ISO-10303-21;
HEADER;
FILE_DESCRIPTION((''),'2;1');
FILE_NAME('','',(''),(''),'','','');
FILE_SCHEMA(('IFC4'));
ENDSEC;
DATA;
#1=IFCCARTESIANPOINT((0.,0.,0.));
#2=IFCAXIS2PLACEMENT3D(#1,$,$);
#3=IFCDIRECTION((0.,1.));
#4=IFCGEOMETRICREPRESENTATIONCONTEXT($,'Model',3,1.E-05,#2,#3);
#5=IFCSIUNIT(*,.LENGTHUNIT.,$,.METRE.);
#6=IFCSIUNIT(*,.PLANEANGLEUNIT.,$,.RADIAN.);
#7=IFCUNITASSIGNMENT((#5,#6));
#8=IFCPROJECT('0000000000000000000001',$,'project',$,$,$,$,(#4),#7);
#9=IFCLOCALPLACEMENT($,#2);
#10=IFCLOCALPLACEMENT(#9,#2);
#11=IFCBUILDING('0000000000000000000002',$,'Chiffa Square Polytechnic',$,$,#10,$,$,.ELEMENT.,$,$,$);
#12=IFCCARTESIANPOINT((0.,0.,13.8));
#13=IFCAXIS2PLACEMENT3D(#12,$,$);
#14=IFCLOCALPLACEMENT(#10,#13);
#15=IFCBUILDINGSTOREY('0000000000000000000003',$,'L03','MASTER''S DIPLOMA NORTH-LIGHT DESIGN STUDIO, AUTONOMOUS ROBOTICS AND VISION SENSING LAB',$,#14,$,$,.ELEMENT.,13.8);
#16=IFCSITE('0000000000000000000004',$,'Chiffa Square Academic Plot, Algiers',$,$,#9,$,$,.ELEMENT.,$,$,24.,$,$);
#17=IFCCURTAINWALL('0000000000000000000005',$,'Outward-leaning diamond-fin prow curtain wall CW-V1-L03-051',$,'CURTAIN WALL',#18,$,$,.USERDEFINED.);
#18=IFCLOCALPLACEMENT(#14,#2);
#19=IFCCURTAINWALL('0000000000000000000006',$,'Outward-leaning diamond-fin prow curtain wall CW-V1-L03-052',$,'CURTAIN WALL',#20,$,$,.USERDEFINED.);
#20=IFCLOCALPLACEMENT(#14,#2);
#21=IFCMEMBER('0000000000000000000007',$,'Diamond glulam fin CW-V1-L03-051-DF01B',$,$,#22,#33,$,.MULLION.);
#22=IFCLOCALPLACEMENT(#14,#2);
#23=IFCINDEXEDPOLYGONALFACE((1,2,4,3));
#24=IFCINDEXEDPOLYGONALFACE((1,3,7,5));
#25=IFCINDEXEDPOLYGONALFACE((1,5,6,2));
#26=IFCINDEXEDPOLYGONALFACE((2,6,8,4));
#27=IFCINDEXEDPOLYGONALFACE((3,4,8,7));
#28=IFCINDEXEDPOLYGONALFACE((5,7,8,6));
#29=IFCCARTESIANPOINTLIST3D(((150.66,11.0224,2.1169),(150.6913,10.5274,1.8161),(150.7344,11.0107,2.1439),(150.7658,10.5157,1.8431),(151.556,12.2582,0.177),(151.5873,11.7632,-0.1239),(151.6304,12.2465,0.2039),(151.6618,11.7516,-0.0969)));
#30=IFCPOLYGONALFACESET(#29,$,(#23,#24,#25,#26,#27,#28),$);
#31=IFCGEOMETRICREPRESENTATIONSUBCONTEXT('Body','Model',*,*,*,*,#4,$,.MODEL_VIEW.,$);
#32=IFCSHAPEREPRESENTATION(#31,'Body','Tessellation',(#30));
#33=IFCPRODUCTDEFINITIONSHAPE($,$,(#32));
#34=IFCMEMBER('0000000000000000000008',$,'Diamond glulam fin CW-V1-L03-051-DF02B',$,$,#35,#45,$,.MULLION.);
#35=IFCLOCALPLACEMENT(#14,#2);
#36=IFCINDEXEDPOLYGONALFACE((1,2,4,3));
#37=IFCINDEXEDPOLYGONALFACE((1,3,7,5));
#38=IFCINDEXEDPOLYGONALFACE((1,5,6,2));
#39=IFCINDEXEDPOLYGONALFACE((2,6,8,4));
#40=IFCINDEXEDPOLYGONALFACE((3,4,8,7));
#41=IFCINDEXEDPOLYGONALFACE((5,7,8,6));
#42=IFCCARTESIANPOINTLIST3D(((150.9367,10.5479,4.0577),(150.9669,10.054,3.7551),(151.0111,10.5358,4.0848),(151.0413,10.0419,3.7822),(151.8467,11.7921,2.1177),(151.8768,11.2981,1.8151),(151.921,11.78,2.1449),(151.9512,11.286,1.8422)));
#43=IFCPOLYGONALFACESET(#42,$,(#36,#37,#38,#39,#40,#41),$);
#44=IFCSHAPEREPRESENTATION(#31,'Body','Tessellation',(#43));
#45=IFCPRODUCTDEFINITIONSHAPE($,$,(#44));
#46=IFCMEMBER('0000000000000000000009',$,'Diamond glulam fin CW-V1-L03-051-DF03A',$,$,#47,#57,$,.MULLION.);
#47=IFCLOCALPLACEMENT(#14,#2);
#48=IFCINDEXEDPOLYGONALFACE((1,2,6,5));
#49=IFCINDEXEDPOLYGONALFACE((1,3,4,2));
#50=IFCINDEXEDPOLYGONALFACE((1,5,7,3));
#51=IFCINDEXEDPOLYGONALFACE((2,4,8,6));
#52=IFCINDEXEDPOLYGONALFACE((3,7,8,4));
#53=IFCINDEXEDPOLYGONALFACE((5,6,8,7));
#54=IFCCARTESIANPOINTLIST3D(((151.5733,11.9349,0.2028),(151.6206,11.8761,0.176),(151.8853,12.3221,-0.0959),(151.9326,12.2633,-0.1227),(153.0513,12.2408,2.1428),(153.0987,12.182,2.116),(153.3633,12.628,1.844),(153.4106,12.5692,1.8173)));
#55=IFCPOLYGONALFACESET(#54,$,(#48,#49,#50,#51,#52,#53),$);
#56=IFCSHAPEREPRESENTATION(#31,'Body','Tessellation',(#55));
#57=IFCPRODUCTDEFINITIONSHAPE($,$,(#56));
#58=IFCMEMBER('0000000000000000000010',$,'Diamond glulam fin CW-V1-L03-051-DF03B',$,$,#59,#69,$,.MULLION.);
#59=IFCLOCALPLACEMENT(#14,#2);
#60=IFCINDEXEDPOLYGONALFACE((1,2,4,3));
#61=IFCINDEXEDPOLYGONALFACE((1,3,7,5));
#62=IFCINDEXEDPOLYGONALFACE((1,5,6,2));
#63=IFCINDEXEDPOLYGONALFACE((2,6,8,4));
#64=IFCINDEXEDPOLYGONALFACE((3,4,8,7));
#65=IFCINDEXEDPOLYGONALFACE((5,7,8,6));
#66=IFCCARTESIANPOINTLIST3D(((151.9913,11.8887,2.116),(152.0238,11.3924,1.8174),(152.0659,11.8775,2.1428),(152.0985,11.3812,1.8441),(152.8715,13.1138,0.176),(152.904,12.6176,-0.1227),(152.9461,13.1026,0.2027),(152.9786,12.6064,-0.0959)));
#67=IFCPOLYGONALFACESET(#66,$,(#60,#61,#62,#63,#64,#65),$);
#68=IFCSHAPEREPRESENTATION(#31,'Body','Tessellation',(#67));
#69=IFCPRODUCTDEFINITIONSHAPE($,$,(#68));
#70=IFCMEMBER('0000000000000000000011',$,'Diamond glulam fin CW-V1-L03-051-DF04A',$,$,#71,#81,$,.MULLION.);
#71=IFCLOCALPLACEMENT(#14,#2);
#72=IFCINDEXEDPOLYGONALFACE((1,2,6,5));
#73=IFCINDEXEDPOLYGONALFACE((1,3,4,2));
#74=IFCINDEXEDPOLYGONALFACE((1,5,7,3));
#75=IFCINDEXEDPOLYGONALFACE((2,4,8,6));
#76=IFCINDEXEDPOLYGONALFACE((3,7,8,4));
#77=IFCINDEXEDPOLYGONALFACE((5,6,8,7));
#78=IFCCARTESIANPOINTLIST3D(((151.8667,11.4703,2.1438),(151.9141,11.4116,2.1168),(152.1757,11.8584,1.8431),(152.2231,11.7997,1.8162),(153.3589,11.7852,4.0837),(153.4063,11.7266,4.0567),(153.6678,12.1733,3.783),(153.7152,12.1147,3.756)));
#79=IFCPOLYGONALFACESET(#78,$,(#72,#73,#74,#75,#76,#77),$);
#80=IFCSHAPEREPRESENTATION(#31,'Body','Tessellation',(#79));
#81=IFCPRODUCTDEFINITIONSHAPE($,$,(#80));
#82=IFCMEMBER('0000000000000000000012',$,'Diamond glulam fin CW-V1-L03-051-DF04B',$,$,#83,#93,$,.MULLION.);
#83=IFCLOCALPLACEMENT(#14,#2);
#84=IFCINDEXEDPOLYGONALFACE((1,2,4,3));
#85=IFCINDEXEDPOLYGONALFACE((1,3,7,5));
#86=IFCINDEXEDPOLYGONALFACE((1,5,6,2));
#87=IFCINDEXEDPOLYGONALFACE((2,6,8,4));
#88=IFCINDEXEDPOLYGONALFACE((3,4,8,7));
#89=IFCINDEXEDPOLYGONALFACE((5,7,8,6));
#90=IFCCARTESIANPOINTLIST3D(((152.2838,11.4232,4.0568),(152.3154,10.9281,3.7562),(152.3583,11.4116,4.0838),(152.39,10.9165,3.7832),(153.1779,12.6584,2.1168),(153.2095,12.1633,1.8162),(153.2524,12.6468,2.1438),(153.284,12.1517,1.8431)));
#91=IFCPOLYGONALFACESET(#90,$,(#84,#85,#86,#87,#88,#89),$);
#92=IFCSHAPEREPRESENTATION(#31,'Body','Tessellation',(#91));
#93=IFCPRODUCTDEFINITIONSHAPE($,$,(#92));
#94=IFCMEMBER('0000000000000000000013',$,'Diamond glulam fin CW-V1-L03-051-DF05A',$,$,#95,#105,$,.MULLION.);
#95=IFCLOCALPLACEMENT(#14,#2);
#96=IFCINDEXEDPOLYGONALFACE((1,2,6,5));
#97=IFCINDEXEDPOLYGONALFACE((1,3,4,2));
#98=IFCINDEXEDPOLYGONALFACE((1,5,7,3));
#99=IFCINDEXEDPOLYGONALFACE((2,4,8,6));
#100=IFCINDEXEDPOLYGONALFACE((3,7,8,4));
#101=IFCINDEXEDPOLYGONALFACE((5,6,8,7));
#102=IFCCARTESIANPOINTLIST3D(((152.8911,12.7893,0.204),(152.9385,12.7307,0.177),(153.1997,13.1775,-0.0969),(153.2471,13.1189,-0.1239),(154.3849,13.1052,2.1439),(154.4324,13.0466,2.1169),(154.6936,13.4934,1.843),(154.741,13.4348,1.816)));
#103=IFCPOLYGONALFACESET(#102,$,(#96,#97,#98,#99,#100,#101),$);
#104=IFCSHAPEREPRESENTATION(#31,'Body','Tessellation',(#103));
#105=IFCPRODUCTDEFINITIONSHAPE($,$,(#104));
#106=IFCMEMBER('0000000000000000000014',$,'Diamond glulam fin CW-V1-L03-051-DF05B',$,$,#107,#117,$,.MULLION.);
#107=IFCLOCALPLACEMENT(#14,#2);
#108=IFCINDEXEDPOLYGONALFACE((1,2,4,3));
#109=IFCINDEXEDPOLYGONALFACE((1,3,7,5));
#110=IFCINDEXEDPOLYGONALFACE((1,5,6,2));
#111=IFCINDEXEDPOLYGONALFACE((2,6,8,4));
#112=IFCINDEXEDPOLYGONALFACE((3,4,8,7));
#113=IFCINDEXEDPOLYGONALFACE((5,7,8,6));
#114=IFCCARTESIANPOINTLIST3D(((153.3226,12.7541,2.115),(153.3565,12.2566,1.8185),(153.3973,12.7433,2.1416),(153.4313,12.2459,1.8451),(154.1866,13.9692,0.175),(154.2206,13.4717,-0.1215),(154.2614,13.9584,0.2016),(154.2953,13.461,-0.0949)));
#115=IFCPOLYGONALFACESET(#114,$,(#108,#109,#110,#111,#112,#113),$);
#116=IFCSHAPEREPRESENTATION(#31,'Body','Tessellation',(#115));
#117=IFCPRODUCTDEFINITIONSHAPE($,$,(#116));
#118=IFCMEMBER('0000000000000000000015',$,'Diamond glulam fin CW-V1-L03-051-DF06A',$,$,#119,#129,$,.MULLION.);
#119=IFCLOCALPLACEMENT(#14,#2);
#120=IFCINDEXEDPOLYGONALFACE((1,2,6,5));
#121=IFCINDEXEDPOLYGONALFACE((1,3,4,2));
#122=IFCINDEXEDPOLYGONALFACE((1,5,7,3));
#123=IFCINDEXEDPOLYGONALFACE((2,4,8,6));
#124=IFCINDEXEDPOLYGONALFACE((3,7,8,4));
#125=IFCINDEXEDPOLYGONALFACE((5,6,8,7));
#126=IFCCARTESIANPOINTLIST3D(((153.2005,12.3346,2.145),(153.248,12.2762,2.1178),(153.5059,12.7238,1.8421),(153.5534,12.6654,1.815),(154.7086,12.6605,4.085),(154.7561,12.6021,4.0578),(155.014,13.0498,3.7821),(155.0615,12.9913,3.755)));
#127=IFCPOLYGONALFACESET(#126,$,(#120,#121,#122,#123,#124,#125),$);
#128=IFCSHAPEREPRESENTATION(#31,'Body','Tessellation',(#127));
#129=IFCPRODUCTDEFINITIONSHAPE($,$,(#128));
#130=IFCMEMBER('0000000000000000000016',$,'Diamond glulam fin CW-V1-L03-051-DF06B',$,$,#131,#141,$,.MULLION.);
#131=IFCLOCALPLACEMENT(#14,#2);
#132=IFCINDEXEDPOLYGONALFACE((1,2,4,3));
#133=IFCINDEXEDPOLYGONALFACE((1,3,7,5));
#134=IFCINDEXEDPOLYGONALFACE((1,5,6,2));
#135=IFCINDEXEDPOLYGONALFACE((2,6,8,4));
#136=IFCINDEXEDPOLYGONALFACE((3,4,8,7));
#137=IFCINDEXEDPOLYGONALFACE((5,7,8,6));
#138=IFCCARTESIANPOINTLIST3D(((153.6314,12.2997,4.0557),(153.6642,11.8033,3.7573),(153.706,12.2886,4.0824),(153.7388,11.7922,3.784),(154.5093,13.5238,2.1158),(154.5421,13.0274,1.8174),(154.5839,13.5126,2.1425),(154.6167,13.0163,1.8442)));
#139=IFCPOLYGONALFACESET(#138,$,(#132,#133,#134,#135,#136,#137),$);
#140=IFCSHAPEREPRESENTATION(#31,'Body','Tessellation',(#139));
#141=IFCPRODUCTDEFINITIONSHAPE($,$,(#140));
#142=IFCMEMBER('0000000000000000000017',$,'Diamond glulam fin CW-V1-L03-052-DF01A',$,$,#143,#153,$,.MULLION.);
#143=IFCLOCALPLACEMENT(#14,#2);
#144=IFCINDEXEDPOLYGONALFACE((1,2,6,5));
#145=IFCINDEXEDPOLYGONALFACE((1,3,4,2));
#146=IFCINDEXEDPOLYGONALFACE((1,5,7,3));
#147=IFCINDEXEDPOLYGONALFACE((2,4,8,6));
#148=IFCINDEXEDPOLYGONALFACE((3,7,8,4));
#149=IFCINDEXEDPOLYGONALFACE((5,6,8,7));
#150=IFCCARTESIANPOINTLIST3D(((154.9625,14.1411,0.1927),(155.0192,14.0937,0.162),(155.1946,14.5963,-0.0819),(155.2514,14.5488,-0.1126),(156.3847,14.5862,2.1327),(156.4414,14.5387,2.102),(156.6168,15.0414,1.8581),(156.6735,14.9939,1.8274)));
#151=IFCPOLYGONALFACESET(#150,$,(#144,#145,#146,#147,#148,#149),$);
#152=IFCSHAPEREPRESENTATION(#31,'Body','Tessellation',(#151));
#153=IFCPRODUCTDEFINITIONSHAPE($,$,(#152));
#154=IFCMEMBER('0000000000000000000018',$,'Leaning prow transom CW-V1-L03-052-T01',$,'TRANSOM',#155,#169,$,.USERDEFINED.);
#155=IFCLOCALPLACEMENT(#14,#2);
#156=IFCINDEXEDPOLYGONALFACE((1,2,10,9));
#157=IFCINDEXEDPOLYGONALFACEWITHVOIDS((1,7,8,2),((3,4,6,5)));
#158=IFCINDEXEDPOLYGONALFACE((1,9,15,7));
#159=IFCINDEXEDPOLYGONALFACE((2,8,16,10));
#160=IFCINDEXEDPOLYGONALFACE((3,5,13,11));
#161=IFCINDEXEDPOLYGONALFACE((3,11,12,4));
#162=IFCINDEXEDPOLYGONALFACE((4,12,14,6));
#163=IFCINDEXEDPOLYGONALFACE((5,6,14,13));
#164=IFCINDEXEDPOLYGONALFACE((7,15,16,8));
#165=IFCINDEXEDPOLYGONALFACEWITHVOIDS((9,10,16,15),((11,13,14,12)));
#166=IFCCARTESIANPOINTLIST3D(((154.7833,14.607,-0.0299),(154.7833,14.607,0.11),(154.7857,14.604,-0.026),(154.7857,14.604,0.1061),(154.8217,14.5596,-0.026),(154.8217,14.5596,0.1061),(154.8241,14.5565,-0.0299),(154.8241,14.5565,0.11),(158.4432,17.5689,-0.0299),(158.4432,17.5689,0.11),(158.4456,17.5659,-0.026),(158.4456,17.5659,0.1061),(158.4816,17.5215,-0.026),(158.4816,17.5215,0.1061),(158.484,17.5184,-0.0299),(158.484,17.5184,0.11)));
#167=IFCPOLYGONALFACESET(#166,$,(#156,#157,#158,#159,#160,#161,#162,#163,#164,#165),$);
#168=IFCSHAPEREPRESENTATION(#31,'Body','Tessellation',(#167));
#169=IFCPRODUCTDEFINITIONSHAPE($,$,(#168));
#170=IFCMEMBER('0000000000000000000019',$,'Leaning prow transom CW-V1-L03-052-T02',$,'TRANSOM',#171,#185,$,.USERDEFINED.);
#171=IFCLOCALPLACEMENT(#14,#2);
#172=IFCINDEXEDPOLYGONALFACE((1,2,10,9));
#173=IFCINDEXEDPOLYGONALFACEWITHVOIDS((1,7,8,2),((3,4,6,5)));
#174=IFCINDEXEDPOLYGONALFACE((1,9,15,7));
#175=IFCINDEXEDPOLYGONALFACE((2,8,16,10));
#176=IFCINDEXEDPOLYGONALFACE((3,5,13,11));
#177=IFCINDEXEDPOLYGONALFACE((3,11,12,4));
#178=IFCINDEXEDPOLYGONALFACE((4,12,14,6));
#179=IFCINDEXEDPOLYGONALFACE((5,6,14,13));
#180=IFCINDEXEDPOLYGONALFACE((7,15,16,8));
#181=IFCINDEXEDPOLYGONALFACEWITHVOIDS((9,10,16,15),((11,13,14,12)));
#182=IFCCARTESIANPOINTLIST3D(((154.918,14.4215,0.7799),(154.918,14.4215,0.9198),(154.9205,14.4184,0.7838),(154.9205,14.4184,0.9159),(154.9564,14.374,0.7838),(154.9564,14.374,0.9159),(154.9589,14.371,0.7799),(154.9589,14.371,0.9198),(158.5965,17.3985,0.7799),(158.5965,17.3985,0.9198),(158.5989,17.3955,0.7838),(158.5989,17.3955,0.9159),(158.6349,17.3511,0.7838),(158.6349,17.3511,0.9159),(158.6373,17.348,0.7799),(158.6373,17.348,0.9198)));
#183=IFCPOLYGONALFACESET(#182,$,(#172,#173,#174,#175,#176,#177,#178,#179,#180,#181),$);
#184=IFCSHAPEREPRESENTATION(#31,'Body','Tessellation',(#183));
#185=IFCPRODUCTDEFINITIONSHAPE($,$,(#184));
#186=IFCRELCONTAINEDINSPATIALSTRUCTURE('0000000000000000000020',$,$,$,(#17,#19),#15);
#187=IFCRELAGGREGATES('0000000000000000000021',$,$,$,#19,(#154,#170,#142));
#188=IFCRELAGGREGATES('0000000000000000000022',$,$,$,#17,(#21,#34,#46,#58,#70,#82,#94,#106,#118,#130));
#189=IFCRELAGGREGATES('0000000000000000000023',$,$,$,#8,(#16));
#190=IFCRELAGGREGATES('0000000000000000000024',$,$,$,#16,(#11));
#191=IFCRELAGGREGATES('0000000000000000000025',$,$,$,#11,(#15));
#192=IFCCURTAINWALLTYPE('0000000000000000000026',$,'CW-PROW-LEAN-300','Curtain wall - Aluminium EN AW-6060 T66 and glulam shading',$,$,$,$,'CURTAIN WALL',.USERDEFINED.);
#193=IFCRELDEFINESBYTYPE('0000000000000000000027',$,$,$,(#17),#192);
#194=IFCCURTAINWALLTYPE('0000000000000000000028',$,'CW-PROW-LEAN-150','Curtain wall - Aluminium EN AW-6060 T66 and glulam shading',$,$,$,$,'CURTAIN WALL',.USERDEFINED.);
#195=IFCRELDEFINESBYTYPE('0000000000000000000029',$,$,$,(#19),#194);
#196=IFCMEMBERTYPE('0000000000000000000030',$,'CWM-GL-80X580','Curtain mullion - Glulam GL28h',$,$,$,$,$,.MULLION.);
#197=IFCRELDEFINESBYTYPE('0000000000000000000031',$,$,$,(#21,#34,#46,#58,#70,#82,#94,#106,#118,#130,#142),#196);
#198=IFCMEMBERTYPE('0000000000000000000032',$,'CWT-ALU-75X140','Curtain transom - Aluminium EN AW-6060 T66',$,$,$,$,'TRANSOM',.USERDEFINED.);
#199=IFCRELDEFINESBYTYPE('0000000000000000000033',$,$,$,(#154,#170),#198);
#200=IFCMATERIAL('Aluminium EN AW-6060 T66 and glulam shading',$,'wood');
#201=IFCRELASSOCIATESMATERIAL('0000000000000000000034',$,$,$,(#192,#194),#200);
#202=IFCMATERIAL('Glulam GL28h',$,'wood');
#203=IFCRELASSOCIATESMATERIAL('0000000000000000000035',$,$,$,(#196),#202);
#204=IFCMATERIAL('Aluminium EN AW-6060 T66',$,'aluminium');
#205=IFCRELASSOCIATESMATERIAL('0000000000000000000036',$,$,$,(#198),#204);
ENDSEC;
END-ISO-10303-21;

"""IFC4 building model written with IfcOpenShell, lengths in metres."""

from ifc_helpers import new_model, si_unit, direction, frame, origin, origin_2d, place, context, subcontext, project, spatial, rectangle, hollow_rectangle, extrude, material, material_profile, profile_set, type_object, element, aggregate, save


model = new_model("IFC4")

# Units and contexts
model_context = context("Model", 3, precision=1e-05, world=origin(), true_north=direction((0.0, 1.0)))
body_context = subcontext(model_context, "Body", "Model", "MODEL_VIEW")
ifc_project = project(units=[si_unit("LENGTHUNIT", "METRE"), si_unit("PLANEANGLEUNIT", "RADIAN")], contexts=[model_context])

# Site, building, storey
site_placement = place(None, origin())
site = spatial("IfcSite", under=ifc_project, at=site_placement, Name="Chiffa Square Academic Plot, Algiers", CompositionType="ELEMENT", RefElevation=24.0)
building_placement = place(site_placement, origin())
building = spatial("IfcBuilding", under=site, at=building_placement, Name="Chiffa Square Polytechnic", CompositionType="ELEMENT")
storey_placement = place(building_placement, frame((0.0, 0.0, 13.8)))
storey = spatial("IfcBuildingStorey", under=building, at=storey_placement, Name="L03", Description="MASTER'S DIPLOMA NORTH-LIGHT DESIGN STUDIO, AUTONOMOUS ROBOTICS AND VISION SENSING LAB", CompositionType="ELEMENT", Elevation=13.8)

# Curtain wall
ifc_material_1 = material(Name="Aluminium EN AW-6060 T66 and glulam shading", Category="wood")
curtain_wall_type_1 = type_object("IfcCurtainWallType", Name="CW-PROW-LEAN-300", Description="Curtain wall - Aluminium EN AW-6060 T66 and glulam shading", ElementType="CURTAIN WALL", PredefinedType="USERDEFINED", material=ifc_material_1)
curtain_wall_1_placement = place(storey_placement, origin())
curtain_wall_1 = element("IfcCurtainWall", 1, at=curtain_wall_1_placement, inside=storey, type_object=curtain_wall_type_1, Name="Outward-leaning diamond-fin prow curtain wall CW-V1-L03-051", ObjectType="CURTAIN WALL", PredefinedType="USERDEFINED")
ifc_material_2 = material(Name="Aluminium EN AW-6060 T66", Category="aluminium")

# Curtain wall
curtain_wall_type_2 = type_object("IfcCurtainWallType", Name="CW-PROW-LEAN-150", Description="Curtain wall - Aluminium EN AW-6060 T66 and glulam shading", ElementType="CURTAIN WALL", PredefinedType="USERDEFINED", material=ifc_material_1)
curtain_wall_2_placement = place(storey_placement, origin())
curtain_wall_2 = element("IfcCurtainWall", 2, at=curtain_wall_2_placement, inside=storey, type_object=curtain_wall_type_2, Name="Outward-leaning diamond-fin prow curtain wall CW-V1-L03-052", ObjectType="CURTAIN WALL", PredefinedType="USERDEFINED")

# Members
ifc_material_3 = material(Name="Glulam GL28h", Category="wood")
ifc_material_profile_1 = material_profile(ifc_material_3, rectangle(XDim=0.0801, YDim=0.5801, at=origin_2d()), Name="GL28h 80x580")
ifc_profile_set_1 = profile_set([ifc_material_profile_1], Name="Glulam GL28h")
member_type_1 = type_object("IfcMemberType", Name="CWM-GL-80X580", Description="Curtain mullion - Glulam GL28h", PredefinedType="MULLION", material=ifc_profile_set_1)
member_1_placement = place(storey_placement, frame((151.6089, 12.0049, 0.04), z_axis=(-0.362972, -0.500644, 0.785879), x_axis=(0.93023, -0.145749, 0.336794)))
member_1 = element("IfcMember", 3, at=member_1_placement, type_object=member_type_1, Name="Diamond glulam fin CW-V1-L03-051-DF01B", PredefinedType="MULLION", context=body_context, shape_type="SweptSolid", body=[
    extrude(rectangle(XDim=0.0801, YDim=0.5801, at=origin_2d()), origin(), (0.0, 0.0, 1.0), 2.4685),
])
member_2_placement = place(storey_placement, frame((151.8989, 11.5391, 1.98), z_axis=(-0.367235, -0.502127, 0.782948), x_axis=(0.928675, -0.150895, 0.338813)))
member_2 = element("IfcMember", 4, at=member_2_placement, type_object=member_type_1, Name="Diamond glulam fin CW-V1-L03-051-DF02B", PredefinedType="MULLION", context=body_context, shape_type="SweptSolid", body=[
    extrude(rectangle(XDim=0.0801, YDim=0.5801, at=origin_2d()), origin(), (0.0, 0.0, 1.0), 2.4778),
])
member_3_placement = place(storey_placement, frame((151.7529, 12.0991, 0.04), z_axis=(0.601325, 0.124457, 0.789252), x_axis=(-0.590914, 0.734143, 0.334446)))
member_3 = element("IfcMember", 5, at=member_3_placement, type_object=member_type_1, Name="Diamond glulam fin CW-V1-L03-051-DF03A", PredefinedType="MULLION", context=body_context, shape_type="SweptSolid", body=[
    extrude(rectangle(XDim=0.0801, YDim=0.5801, at=origin_2d()), origin(), (0.0, 0.0, 1.0), 2.458),
])
member_4_placement = place(storey_placement, frame((152.925, 12.8601, 0.04), z_axis=(-0.358152, -0.498532, 0.789425), x_axis=(0.93198, -0.140144, 0.334325)))
member_4 = element("IfcMember", 6, at=member_4_placement, type_object=member_type_1, Name="Diamond glulam fin CW-V1-L03-051-DF03B", PredefinedType="MULLION", context=body_context, shape_type="SweptSolid", body=[
    extrude(rectangle(XDim=0.0801, YDim=0.5801, at=origin_2d()), origin(), (0.0, 0.0, 1.0), 2.4575),
])
member_5_placement = place(storey_placement, frame((152.0449, 11.635, 1.98), z_axis=(0.604705, 0.127629, 0.786157), x_axis=(-0.592136, 0.73217, 0.336602)))
member_5 = element("IfcMember", 7, at=member_5_placement, type_object=member_type_1, Name="Diamond glulam fin CW-V1-L03-051-DF04A", PredefinedType="MULLION", context=body_context, shape_type="SweptSolid", body=[
    extrude(rectangle(XDim=0.0801, YDim=0.5801, at=origin_2d()), origin(), (0.0, 0.0, 1.0), 2.4675),
])
member_6_placement = place(storey_placement, frame((153.231, 12.405, 1.98), z_axis=(-0.362339, -0.500566, 0.786222), x_axis=(0.930449, -0.144895, 0.336557)))
member_6 = element("IfcMember", 8, at=member_6_placement, type_object=member_type_1, Name="Diamond glulam fin CW-V1-L03-051-DF04B", PredefinedType="MULLION", context=body_context, shape_type="SweptSolid", body=[
    extrude(rectangle(XDim=0.0801, YDim=0.5801, at=origin_2d()), origin(), (0.0, 0.0, 1.0), 2.4675),
])
member_7_placement = place(storey_placement, frame((153.0691, 12.9541, 0.04), z_axis=(0.605114, 0.127965, 0.785788), x_axis=(-0.592229, 0.731978, 0.336857)))
member_7 = element("IfcMember", 9, at=member_7_placement, type_object=member_type_1, Name="Diamond glulam fin CW-V1-L03-051-DF05A", PredefinedType="MULLION", context=body_context, shape_type="SweptSolid", body=[
    extrude(rectangle(XDim=0.0801, YDim=0.5801, at=origin_2d()), origin(), (0.0, 0.0, 1.0), 2.4688),
])
member_8_placement = place(storey_placement, frame((154.241, 13.7151, 0.04), z_axis=(-0.353135, -0.496624, 0.792881), x_axis=(0.933741, -0.134079, 0.33189)))
member_8 = element("IfcMember", 10, at=member_8_placement, type_object=member_type_1, Name="Diamond glulam fin CW-V1-L03-051-DF05B", PredefinedType="MULLION", context=body_context, shape_type="SweptSolid", body=[
    extrude(rectangle(XDim=0.0801, YDim=0.5801, at=origin_2d()), origin(), (0.0, 0.0, 1.0), 2.4468),
])
member_9_placement = place(storey_placement, frame((153.377, 12.5, 1.98), z_axis=(0.608412, 0.131493, 0.782652), x_axis=(-0.59381, 0.729697, 0.339016)))
member_9 = element("IfcMember", 11, at=member_9_placement, type_object=member_type_1, Name="Diamond glulam fin CW-V1-L03-051-DF06A", PredefinedType="MULLION", context=body_context, shape_type="SweptSolid", body=[
    extrude(rectangle(XDim=0.0801, YDim=0.5801, at=origin_2d()), origin(), (0.0, 0.0, 1.0), 2.4788),
])
member_10_placement = place(storey_placement, frame((154.563, 13.27, 1.98), z_axis=(-0.357443, -0.498393, 0.789835), x_axis=(0.932223, -0.139211, 0.334038)))
member_10 = element("IfcMember", 12, at=member_10_placement, type_object=member_type_1, Name="Diamond glulam fin CW-V1-L03-051-DF06B", PredefinedType="MULLION", context=body_context, shape_type="SweptSolid", body=[
    extrude(rectangle(XDim=0.0801, YDim=0.5801, at=origin_2d()), origin(), (0.0, 0.0, 1.0), 2.4561),
])
member_11_placement = place(storey_placement, frame((155.1069, 14.345, 0.04), z_axis=(0.581359, 0.181943, 0.793044), x_axis=(-0.708413, 0.59261, 0.38336)))
member_11 = element("IfcMember", 13, at=member_11_placement, type_object=member_type_1, Name="Diamond glulam fin CW-V1-L03-052-DF01A", PredefinedType="MULLION", context=body_context, shape_type="SweptSolid", body=[
    extrude(rectangle(XDim=0.0801, YDim=0.5801, at=origin_2d()), origin(), (0.0, 0.0, 1.0), 2.4463),
])
ifc_material_profile_2 = material_profile(ifc_material_2, hollow_rectangle(XDim=0.0649, YDim=0.1399, WallThickness=0.0039, at=origin_2d()), Name="ALU 65x140x4")
ifc_profile_set_2 = profile_set([ifc_material_profile_2], Name="Aluminium EN AW-6060 T66")
member_type_2 = type_object("IfcMemberType", Name="CWT-ALU-75X140", Description="Curtain transom - Aluminium EN AW-6060 T66", ElementType="TRANSOM", PredefinedType="USERDEFINED", material=ifc_profile_set_2)
member_12_placement = place(storey_placement, frame((154.8037, 14.5818, 0.04), z_axis=(0.777335, 0.629086, 0.0), x_axis=(-0.629086, 0.777335, 0.0)))
member_12 = element("IfcMember", 14, at=member_12_placement, type_object=member_type_2, Name="Leaning prow transom CW-V1-L03-052-T01", ObjectType="TRANSOM", PredefinedType="USERDEFINED", context=body_context, shape_type="SweptSolid", body=[
    extrude(hollow_rectangle(XDim=0.0649, YDim=0.1399, WallThickness=0.0039, at=origin_2d()), origin(), (0.0, 0.0, 1.0), 4.7083),
])
member_13_placement = place(storey_placement, frame((154.9385, 14.3962, 0.8499), z_axis=(0.777323, 0.629102, 0.0), x_axis=(-0.629102, 0.777323, 0.0)))
member_13 = element("IfcMember", 15, at=member_13_placement, type_object=member_type_2, Name="Leaning prow transom CW-V1-L03-052-T02", ObjectType="TRANSOM", PredefinedType="USERDEFINED", context=body_context, shape_type="SweptSolid", body=[
    extrude(hollow_rectangle(XDim=0.0649, YDim=0.1399, WallThickness=0.0039, at=origin_2d()), origin(), (0.0, 0.0, 1.0), 4.7322),
])

aggregate(curtain_wall_2, [member_12, member_13, member_11])
aggregate(curtain_wall_1, [member_1, member_2, member_3, member_4, member_5, member_6, member_7, member_8, member_9, member_10])

save(model, "model.ifc")
